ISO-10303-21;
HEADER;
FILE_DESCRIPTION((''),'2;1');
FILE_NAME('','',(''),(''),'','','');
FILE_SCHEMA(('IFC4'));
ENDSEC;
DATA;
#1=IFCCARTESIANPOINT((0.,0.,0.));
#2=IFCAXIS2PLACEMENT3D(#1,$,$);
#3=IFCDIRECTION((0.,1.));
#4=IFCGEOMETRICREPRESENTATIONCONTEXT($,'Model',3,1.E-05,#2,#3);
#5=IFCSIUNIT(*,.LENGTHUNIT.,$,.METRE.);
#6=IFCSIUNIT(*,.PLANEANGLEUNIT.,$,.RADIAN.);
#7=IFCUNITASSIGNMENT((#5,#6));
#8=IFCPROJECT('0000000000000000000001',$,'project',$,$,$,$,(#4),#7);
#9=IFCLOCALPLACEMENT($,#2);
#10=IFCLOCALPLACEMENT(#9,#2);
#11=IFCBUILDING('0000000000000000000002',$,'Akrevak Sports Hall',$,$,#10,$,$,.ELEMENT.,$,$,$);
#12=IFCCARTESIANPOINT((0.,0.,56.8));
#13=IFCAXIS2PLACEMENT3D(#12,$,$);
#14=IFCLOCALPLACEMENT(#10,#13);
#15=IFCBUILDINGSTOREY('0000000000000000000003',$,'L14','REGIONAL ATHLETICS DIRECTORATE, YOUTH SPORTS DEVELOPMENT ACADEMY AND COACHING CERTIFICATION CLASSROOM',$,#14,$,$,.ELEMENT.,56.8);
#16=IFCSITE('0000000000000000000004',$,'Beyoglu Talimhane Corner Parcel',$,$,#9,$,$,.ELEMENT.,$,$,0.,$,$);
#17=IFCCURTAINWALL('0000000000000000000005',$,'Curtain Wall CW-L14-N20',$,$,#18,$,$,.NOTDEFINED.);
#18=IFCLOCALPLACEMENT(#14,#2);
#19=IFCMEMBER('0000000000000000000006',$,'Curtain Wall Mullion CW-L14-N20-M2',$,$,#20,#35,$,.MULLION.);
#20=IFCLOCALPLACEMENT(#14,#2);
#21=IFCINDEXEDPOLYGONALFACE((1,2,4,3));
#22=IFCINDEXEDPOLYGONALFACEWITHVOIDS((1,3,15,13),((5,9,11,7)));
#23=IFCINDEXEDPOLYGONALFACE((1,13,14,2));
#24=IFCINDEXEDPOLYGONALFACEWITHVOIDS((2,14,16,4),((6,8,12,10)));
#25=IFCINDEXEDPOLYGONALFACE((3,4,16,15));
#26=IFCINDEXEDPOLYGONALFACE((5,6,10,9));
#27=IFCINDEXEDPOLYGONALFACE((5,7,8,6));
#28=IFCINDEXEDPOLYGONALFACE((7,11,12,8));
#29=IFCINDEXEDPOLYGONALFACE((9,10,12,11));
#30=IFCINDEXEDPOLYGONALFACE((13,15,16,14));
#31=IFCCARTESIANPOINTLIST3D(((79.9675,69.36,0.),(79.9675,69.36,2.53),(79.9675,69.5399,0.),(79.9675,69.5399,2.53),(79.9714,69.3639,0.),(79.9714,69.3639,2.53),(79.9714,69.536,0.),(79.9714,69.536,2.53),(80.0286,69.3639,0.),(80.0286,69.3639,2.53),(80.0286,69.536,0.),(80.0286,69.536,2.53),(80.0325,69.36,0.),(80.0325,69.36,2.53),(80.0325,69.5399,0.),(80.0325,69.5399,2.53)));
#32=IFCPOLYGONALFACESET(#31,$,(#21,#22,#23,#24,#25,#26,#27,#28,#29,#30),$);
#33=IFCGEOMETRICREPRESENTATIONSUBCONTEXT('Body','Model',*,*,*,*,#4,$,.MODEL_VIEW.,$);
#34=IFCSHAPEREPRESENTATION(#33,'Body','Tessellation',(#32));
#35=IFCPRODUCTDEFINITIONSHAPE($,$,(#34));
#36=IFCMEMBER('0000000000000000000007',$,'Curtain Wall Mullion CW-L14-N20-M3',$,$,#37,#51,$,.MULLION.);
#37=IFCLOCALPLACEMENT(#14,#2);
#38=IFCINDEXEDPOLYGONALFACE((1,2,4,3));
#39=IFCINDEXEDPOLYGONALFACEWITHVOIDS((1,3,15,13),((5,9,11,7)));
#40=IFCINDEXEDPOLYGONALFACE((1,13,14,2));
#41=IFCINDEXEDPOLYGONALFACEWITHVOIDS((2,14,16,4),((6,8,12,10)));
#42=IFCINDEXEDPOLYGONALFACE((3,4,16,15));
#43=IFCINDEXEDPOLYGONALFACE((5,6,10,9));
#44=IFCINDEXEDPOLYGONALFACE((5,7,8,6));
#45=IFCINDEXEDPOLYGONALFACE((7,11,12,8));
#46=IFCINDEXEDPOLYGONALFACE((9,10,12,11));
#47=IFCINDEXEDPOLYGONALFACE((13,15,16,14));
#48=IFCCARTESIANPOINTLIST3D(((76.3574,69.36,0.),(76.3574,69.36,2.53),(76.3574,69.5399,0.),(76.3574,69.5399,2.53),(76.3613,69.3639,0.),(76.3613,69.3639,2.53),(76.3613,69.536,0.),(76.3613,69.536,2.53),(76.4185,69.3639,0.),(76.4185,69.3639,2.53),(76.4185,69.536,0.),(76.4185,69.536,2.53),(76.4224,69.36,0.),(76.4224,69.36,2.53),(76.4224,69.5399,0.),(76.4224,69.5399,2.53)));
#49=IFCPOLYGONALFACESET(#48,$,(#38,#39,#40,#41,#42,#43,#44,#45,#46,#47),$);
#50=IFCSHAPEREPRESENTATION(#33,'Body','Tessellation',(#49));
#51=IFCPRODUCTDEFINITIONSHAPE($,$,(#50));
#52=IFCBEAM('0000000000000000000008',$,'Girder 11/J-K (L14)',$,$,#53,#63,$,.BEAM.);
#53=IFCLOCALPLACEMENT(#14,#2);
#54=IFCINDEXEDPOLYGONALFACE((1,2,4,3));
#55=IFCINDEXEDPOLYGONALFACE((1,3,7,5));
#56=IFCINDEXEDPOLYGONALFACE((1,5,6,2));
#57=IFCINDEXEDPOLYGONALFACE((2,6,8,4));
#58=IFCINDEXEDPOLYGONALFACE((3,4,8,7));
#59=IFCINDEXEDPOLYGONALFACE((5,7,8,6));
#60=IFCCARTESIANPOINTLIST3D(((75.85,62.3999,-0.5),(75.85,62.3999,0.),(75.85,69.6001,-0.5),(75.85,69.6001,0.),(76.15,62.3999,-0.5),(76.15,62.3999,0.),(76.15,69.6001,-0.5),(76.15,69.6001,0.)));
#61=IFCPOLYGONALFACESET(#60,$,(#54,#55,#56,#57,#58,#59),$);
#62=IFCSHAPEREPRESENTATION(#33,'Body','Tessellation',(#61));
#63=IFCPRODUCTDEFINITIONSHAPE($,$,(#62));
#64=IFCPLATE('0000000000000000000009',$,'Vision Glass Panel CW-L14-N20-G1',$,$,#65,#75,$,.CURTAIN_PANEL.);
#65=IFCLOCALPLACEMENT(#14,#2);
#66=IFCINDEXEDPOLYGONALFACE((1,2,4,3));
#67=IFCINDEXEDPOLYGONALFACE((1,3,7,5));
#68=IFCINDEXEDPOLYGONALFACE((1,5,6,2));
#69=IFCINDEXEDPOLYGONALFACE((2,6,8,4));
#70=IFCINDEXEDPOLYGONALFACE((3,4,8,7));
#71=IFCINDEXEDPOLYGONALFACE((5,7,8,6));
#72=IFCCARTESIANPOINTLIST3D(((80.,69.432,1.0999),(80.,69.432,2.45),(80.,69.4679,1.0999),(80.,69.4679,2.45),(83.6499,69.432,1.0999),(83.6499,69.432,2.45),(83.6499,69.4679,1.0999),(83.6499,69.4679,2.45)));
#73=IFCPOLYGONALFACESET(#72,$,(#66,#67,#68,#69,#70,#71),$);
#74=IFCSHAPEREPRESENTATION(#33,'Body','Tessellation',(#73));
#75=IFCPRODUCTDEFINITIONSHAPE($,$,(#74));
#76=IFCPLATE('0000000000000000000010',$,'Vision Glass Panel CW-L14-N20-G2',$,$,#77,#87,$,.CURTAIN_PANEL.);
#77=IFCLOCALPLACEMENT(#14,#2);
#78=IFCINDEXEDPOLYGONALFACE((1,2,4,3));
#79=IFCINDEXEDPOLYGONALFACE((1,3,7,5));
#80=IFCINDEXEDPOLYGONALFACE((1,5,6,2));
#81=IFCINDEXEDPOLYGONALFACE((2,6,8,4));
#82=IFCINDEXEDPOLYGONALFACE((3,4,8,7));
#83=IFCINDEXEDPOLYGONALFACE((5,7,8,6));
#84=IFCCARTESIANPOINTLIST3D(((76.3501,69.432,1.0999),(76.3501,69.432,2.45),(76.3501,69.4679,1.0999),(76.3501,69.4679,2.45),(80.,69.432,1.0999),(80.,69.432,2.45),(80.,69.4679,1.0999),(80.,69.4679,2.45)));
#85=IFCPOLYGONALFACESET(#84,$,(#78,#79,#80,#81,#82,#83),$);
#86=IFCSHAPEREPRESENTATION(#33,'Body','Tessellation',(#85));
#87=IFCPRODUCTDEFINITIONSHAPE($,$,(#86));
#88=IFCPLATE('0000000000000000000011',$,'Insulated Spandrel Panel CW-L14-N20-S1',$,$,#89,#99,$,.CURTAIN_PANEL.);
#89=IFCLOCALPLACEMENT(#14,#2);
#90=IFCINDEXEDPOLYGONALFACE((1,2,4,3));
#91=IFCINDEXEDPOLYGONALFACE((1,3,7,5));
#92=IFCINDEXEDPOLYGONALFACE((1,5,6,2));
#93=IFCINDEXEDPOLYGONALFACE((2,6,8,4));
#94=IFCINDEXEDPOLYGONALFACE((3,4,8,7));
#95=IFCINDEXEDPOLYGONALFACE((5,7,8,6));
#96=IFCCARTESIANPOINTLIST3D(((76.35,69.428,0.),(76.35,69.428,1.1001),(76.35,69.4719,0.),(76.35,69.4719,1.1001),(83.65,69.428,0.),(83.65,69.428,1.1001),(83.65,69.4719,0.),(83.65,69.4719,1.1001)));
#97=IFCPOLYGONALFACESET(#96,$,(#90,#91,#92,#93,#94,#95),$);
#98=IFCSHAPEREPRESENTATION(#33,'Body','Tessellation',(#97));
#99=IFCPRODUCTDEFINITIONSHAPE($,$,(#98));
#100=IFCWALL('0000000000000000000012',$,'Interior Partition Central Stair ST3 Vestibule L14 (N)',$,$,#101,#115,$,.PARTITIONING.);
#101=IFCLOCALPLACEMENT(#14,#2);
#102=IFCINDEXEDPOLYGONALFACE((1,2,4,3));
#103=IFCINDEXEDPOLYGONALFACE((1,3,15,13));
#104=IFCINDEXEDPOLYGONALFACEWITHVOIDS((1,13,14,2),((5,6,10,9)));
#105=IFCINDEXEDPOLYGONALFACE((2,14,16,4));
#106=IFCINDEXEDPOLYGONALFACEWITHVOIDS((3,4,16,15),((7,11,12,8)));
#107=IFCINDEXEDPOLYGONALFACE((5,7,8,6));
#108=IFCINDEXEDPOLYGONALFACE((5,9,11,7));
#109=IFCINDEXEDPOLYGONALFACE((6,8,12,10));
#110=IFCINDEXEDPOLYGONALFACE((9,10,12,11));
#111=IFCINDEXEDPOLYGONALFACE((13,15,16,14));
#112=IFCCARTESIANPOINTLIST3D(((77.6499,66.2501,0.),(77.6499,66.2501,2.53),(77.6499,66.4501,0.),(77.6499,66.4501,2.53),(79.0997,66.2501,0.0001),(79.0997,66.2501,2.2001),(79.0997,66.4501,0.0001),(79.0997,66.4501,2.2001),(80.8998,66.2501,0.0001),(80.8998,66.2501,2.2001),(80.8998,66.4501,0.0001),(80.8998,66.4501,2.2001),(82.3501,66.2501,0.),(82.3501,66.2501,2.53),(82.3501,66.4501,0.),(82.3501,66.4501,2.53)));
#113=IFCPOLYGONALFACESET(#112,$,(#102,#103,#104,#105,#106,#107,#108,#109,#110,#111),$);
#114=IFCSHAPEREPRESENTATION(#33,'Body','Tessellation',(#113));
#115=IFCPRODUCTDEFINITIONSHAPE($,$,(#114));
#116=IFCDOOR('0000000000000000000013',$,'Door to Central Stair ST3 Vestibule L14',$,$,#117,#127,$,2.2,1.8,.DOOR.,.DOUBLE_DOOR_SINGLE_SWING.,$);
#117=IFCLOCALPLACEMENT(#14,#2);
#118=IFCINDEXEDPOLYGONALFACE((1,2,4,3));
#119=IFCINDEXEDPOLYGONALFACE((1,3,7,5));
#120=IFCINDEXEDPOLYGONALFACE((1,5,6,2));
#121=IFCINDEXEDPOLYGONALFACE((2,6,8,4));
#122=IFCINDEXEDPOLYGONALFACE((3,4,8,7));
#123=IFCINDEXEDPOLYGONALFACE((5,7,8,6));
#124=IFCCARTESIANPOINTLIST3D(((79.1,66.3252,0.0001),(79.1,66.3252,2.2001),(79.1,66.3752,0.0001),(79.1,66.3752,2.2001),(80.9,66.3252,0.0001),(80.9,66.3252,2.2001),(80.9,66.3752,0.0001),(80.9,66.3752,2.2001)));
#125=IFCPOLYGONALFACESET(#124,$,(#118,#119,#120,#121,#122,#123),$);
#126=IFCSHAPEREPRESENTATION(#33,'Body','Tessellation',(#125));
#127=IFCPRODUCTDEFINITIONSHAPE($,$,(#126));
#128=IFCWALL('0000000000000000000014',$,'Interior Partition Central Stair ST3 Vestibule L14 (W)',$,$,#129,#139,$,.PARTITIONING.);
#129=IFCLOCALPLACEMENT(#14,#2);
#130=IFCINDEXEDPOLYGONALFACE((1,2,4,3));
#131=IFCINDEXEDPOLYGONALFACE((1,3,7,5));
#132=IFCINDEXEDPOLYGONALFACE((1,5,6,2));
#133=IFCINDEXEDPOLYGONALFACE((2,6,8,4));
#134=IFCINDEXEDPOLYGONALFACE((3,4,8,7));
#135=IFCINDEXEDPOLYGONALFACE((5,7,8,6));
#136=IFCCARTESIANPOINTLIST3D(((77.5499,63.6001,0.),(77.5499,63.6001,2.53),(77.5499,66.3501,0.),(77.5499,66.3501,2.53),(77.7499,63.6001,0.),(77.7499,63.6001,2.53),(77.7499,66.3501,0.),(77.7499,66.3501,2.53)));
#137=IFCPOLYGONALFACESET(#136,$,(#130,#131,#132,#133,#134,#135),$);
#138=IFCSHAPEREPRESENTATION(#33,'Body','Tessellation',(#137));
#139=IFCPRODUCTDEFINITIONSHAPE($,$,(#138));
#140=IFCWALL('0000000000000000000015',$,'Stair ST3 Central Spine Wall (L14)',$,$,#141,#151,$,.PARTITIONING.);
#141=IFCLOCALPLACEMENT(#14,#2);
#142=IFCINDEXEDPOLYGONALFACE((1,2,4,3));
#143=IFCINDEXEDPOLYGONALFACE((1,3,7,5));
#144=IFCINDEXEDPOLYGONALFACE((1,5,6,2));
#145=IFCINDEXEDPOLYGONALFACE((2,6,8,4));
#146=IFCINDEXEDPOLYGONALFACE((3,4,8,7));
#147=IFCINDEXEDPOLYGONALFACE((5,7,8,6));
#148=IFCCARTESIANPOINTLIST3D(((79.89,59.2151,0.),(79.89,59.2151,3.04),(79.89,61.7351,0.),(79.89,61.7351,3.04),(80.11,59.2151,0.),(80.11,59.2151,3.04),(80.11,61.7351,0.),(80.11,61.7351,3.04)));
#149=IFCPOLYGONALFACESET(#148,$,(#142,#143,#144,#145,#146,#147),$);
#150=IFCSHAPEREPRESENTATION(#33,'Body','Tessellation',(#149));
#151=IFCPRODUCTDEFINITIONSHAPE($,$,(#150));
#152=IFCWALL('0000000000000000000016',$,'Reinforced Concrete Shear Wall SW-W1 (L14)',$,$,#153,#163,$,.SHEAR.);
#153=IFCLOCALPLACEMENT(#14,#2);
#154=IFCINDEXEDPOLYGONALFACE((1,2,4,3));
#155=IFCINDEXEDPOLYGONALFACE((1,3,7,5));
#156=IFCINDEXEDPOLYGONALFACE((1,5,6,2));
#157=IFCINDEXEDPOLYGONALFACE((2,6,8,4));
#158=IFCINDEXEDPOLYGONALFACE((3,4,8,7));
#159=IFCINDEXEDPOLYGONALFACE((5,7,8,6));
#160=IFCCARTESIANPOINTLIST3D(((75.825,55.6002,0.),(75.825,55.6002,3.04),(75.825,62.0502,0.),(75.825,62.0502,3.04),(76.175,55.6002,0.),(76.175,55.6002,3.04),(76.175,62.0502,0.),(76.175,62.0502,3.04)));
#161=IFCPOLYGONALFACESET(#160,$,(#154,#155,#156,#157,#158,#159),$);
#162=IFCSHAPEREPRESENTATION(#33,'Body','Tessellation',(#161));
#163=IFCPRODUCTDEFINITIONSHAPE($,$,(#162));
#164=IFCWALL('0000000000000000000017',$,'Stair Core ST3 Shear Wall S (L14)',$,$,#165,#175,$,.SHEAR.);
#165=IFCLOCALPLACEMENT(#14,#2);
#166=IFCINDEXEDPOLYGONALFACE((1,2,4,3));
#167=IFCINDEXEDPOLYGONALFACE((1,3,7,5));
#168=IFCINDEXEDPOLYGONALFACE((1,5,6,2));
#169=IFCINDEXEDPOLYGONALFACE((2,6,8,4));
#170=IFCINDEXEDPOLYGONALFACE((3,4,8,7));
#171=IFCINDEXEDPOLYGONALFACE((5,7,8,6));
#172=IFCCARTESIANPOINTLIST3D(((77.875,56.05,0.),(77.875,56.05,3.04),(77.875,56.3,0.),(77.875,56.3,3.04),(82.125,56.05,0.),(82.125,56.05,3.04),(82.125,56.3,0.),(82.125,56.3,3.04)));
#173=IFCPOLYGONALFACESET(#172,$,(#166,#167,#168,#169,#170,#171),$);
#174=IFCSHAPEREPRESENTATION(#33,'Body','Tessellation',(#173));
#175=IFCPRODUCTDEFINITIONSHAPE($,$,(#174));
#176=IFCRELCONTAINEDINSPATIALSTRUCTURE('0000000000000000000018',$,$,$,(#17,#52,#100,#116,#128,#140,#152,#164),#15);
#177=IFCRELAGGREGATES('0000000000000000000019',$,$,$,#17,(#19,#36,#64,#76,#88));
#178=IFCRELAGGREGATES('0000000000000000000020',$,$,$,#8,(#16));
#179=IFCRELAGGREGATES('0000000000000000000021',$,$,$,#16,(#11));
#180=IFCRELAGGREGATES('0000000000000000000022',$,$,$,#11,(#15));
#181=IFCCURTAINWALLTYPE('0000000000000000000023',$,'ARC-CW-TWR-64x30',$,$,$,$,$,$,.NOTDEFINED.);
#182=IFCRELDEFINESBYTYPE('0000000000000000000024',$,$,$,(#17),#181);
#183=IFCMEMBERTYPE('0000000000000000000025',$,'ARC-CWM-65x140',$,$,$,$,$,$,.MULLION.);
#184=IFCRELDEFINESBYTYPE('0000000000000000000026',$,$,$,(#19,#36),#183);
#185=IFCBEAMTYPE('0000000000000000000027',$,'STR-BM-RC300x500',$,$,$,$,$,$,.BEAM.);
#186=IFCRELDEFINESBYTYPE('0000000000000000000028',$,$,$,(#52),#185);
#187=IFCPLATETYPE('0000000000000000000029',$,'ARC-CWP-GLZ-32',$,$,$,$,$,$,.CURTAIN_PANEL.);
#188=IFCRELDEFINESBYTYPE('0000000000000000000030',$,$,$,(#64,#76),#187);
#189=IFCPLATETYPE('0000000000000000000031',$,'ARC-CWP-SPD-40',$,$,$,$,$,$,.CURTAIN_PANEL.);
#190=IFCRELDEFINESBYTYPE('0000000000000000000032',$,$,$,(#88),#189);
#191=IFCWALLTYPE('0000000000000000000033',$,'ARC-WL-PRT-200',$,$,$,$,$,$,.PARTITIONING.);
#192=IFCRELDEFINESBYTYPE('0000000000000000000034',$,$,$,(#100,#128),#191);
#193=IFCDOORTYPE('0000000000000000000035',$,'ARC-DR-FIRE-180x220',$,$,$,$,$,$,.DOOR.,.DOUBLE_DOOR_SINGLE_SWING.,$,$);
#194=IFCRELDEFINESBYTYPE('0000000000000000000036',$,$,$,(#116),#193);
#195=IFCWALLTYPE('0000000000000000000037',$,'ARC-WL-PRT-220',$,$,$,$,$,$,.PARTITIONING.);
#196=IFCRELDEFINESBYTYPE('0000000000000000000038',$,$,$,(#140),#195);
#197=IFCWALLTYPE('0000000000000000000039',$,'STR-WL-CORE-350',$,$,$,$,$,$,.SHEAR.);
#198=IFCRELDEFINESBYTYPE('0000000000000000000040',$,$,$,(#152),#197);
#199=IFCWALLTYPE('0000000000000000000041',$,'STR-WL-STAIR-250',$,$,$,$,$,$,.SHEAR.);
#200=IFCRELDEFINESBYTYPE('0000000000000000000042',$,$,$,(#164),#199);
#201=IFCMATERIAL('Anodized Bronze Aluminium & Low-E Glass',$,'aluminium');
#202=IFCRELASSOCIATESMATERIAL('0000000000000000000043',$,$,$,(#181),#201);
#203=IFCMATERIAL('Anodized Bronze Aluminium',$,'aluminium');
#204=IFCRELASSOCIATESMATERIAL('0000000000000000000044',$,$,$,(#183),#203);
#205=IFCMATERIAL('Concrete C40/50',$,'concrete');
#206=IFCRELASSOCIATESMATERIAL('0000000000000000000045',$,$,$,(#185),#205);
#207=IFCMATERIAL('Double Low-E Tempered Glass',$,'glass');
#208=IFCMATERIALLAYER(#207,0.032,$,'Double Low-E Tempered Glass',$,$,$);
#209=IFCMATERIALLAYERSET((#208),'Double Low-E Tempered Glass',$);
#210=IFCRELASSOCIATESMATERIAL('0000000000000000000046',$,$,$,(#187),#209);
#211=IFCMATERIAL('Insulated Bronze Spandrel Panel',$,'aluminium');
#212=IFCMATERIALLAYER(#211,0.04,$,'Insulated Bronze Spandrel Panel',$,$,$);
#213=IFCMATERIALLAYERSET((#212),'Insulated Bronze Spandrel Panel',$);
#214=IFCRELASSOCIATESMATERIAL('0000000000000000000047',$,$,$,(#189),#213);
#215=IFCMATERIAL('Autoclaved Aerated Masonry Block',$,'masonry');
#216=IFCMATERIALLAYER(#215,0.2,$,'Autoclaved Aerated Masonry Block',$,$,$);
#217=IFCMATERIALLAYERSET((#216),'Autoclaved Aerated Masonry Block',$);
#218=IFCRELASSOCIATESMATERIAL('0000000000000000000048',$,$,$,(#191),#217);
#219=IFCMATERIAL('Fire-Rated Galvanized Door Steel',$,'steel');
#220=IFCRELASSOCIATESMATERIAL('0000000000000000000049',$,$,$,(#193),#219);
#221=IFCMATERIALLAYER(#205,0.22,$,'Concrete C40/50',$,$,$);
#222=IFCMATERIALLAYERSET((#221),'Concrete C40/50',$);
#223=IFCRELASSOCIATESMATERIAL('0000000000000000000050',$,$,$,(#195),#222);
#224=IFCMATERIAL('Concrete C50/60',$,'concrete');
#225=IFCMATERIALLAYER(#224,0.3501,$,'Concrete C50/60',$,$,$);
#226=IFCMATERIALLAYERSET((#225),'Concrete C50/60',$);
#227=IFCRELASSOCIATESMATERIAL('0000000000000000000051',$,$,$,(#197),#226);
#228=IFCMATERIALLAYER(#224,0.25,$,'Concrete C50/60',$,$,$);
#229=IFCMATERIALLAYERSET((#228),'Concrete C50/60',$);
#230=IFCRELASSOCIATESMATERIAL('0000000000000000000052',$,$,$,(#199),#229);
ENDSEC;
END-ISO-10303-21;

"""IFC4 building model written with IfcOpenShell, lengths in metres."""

from ifc_helpers import new_model, si_unit, direction, frame, frame_2d, origin, origin_2d, place, context, subcontext, project, spatial, rectangle, hollow_rectangle, extrude, material, layer, layer_set, material_profile, profile_set, type_object, element, fill, aggregate, save


model = new_model("IFC4")

# Units and contexts
model_context = context("Model", 3, precision=1e-05, world=origin(), true_north=direction((0.0, 1.0)))
body_context = subcontext(model_context, "Body", "Model", "MODEL_VIEW")
ifc_project = project(units=[si_unit("LENGTHUNIT", "METRE"), si_unit("PLANEANGLEUNIT", "RADIAN")], contexts=[model_context])

# Site, building, storey
site_placement = place(None, origin())
site = spatial("IfcSite", under=ifc_project, at=site_placement, Name="Beyoglu Talimhane Corner Parcel", CompositionType="ELEMENT", RefElevation=0.0)
building_placement = place(site_placement, origin())
building = spatial("IfcBuilding", under=site, at=building_placement, Name="Akrevak Sports Hall", CompositionType="ELEMENT")
storey_placement = place(building_placement, frame((0.0, 0.0, 56.8)))
storey = spatial("IfcBuildingStorey", under=building, at=storey_placement, Name="L14", Description="REGIONAL ATHLETICS DIRECTORATE, YOUTH SPORTS DEVELOPMENT ACADEMY AND COACHING CERTIFICATION CLASSROOM", CompositionType="ELEMENT", Elevation=56.8)

# Curtain wall, members
ifc_material_1 = material(Name="Anodized Bronze Aluminium & Low-E Glass", Category="aluminium")
curtain_wall_type = type_object("IfcCurtainWallType", Name="ARC-CW-TWR-64x30", PredefinedType="NOTDEFINED", material=ifc_material_1)
curtain_wall_placement = place(storey_placement, origin())
curtain_wall = element("IfcCurtainWall", 1, at=curtain_wall_placement, inside=storey, type_object=curtain_wall_type, Name="Curtain Wall CW-L14-N20", PredefinedType="NOTDEFINED")
ifc_material_2 = material(Name="Anodized Bronze Aluminium", Category="aluminium")
ifc_material_profile_1 = material_profile(ifc_material_2, hollow_rectangle(XDim=0.0649, YDim=0.1799, WallThickness=0.0039, at=origin_2d()), Name="CWM 65x180", Category="aluminium")
ifc_profile_set_1 = profile_set([ifc_material_profile_1], Name="Anodized Bronze Aluminium")
member_type = type_object("IfcMemberType", Name="ARC-CWM-65x140", PredefinedType="MULLION", material=ifc_profile_set_1)
member_1_placement = place(storey_placement, frame((80.0, 69.45, 0.0), z_axis=(0.0, 0.0, 1.0), x_axis=(-1.0, 0.0, 0.0)))
member_1 = element("IfcMember", 2, at=member_1_placement, type_object=member_type, Name="Curtain Wall Mullion CW-L14-N20-M2", PredefinedType="MULLION", context=body_context, shape_type="SweptSolid", body=[
    extrude(hollow_rectangle(XDim=0.0649, YDim=0.1799, WallThickness=0.0039, at=origin_2d()), origin(), (0.0, 0.0, 1.0), 2.53),
])
member_2_placement = place(storey_placement, frame((76.3899, 69.45, 0.0), z_axis=(0.0, 0.0, 1.0), x_axis=(-1.0, 0.0, 0.0)))
member_2 = element("IfcMember", 3, at=member_2_placement, type_object=member_type, Name="Curtain Wall Mullion CW-L14-N20-M3", PredefinedType="MULLION", context=body_context, shape_type="SweptSolid", body=[
    extrude(hollow_rectangle(XDim=0.0649, YDim=0.1799, WallThickness=0.0039, at=origin_2d()), origin(), (0.0, 0.0, 1.0), 2.53),
])

# Beam
ifc_material_3 = material(Name="Concrete C40/50", Category="concrete")
ifc_material_profile_2 = material_profile(ifc_material_3, rectangle(XDim=0.3, YDim=0.5, at=origin_2d()), Name="BM 300x500", Category="concrete")
ifc_profile_set_2 = profile_set([ifc_material_profile_2], Name="Concrete C40/50")
beam_type = type_object("IfcBeamType", Name="STR-BM-RC300x500", PredefinedType="BEAM", material=ifc_profile_set_2)
beam_placement = place(storey_placement, frame((76.0, 62.3999, -0.25), z_axis=(0.0, 1.0, 0.0), x_axis=(-1.0, 0.0, 0.0)))
element("IfcBeam", 4, at=beam_placement, inside=storey, type_object=beam_type, Name="Girder 11/J-K (L14)", PredefinedType="BEAM", context=body_context, shape_type="SweptSolid", body=[
    extrude(rectangle(XDim=0.3, YDim=0.5, at=origin_2d()), origin(), (0.0, 0.0, 1.0), 7.2002),
])

# Plates
ifc_material_4 = material(Name="Double Low-E Tempered Glass", Category="glass")
ifc_layer_1 = layer(ifc_material_4, 0.032, Name="Double Low-E Tempered Glass")
ifc_layer_set_1 = layer_set([ifc_layer_1], Name="Double Low-E Tempered Glass")
plate_type_1 = type_object("IfcPlateType", Name="ARC-CWP-GLZ-32", PredefinedType="CURTAIN_PANEL", material=ifc_layer_set_1)
plate_1_placement = place(storey_placement, frame((81.825, 69.45, 1.0999), z_axis=(0.0, 0.0, 1.0), x_axis=(-1.0, 0.0, 0.0)))
plate_1 = element("IfcPlate", 5, at=plate_1_placement, type_object=plate_type_1, Name="Vision Glass Panel CW-L14-N20-G1", PredefinedType="CURTAIN_PANEL", context=body_context, shape_type="SweptSolid", body=[
    extrude(rectangle(XDim=3.6499, YDim=0.0359, at=origin_2d()), origin(), (0.0, 0.0, 1.0), 1.3501),
])
plate_2_placement = place(storey_placement, frame((78.175, 69.45, 1.0999), z_axis=(0.0, 0.0, 1.0), x_axis=(-1.0, 0.0, 0.0)))
plate_2 = element("IfcPlate", 6, at=plate_2_placement, type_object=plate_type_1, Name="Vision Glass Panel CW-L14-N20-G2", PredefinedType="CURTAIN_PANEL", context=body_context, shape_type="SweptSolid", body=[
    extrude(rectangle(XDim=3.6499, YDim=0.0359, at=origin_2d()), origin(), (0.0, 0.0, 1.0), 1.3501),
])
ifc_material_5 = material(Name="Insulated Bronze Spandrel Panel", Category="aluminium")
ifc_layer_2 = layer(ifc_material_5, 0.04, Name="Insulated Bronze Spandrel Panel")
ifc_layer_set_2 = layer_set([ifc_layer_2], Name="Insulated Bronze Spandrel Panel")
plate_type_2 = type_object("IfcPlateType", Name="ARC-CWP-SPD-40", PredefinedType="CURTAIN_PANEL", material=ifc_layer_set_2)
plate_3_placement = place(storey_placement, frame((80.0, 69.45, 0.0), z_axis=(0.0, 0.0, 1.0), x_axis=(-1.0, 0.0, 0.0)))
plate_3 = element("IfcPlate", 7, at=plate_3_placement, type_object=plate_type_2, Name="Insulated Spandrel Panel CW-L14-N20-S1", PredefinedType="CURTAIN_PANEL", context=body_context, shape_type="SweptSolid", body=[
    extrude(rectangle(XDim=7.3, YDim=0.0439, at=origin_2d()), origin(), (0.0, 0.0, 1.0), 1.1001),
])
aggregate(curtain_wall, [member_1, member_2, plate_1, plate_2, plate_3])

# Wall, opening, door
ifc_material_6 = material(Name="Autoclaved Aerated Masonry Block", Category="masonry")
ifc_layer_3 = layer(ifc_material_6, 0.2, Name="Autoclaved Aerated Masonry Block")
ifc_layer_set_3 = layer_set([ifc_layer_3], Name="Autoclaved Aerated Masonry Block")
wall_type_1 = type_object("IfcWallType", Name="ARC-WL-PRT-200", PredefinedType="PARTITIONING", material=ifc_layer_set_3)
wall_1_placement = place(storey_placement, frame((77.6499, 66.3501, 0.0), z_axis=(0.0, 0.0, 1.0), x_axis=(1.0, 0.0, 0.0)))
wall_1 = element("IfcWall", 8, at=wall_1_placement, inside=storey, type_object=wall_type_1, Name="Interior Partition Central Stair ST3 Vestibule L14 (N)", PredefinedType="PARTITIONING", context=body_context, shape_type="SweptSolid", body=[
    extrude(rectangle(XDim=4.7002, YDim=0.2, at=frame_2d((2.3501, 0.0))), origin(), (0.0, 0.0, 1.0), 2.53),
])
opening_1_placement = place(wall_1_placement, frame((1.45, 0.0, 0.0)))
opening_1 = element("IfcOpeningElement", 9, at=opening_1_placement, cuts=wall_1, PredefinedType="OPENING", context=body_context, shape_type="SweptSolid", body=[
    extrude(rectangle(XDim=1.8, YDim=2.2, at=frame_2d((0.8999, 1.1001))), frame((0.0, 0.1118, 0.0), z_axis=(0.0, -1.0, 0.0), x_axis=(1.0, 0.0, 0.0)), (0.0, 0.0, 1.0), 0.2239),
])
ifc_material_7 = material(Name="Fire-Rated Galvanized Door Steel", Category="steel")
door_type_1 = type_object("IfcDoorType", Name="ARC-DR-FIRE-180x220", OperationType="DOUBLE_DOOR_SINGLE_SWING", PredefinedType="DOOR", material=ifc_material_7)
door_1_placement = place(opening_1_placement, frame((1.8, 0.0, 0.0), z_axis=(0.0, 0.0, 1.0), x_axis=(-1.0, 0.0, 0.0)))
door_1 = element("IfcDoor", 10, at=door_1_placement, inside=storey, type_object=door_type_1, Name="Door to Central Stair ST3 Vestibule L14", OperationType="DOUBLE_DOOR_SINGLE_SWING", OverallHeight=2.2, OverallWidth=1.8, PredefinedType="DOOR", context=body_context, shape_type="SweptSolid", body=[
    extrude(rectangle(XDim=1.8, YDim=2.2, at=frame_2d((0.8999, 1.1001))), frame((0.0, 0.0249, 0.0), z_axis=(0.0, -1.0, 0.0), x_axis=(1.0, 0.0, 0.0)), (0.0, 0.0, 1.0), 0.05),
])
fill(opening_1, door_1)

# Walls
wall_2_placement = place(storey_placement, frame((77.6499, 63.6001, 0.0), z_axis=(0.0, 0.0, 1.0), x_axis=(0.0, 1.0, 0.0)))
element("IfcWall", 11, at=wall_2_placement, inside=storey, type_object=wall_type_1, Name="Interior Partition Central Stair ST3 Vestibule L14 (W)", PredefinedType="PARTITIONING", context=body_context, shape_type="SweptSolid", body=[
    extrude(rectangle(XDim=2.75, YDim=0.2, at=frame_2d((1.375, 0.0))), origin(), (0.0, 0.0, 1.0), 2.53),
])
ifc_layer_4 = layer(ifc_material_3, 0.22, Name="Concrete C40/50")
ifc_layer_set_4 = layer_set([ifc_layer_4], Name="Concrete C40/50")
wall_type_2 = type_object("IfcWallType", Name="ARC-WL-PRT-220", PredefinedType="PARTITIONING", material=ifc_layer_set_4)
wall_3_placement = place(storey_placement, frame((80.0, 59.2151, 0.0), z_axis=(0.0, 0.0, 1.0), x_axis=(0.0, 1.0, 0.0)))
element("IfcWall", 12, at=wall_3_placement, inside=storey, type_object=wall_type_2, Name="Stair ST3 Central Spine Wall (L14)", PredefinedType="PARTITIONING", context=body_context, shape_type="SweptSolid", body=[
    extrude(rectangle(XDim=2.52, YDim=0.22, at=frame_2d((1.26, 0.0))), origin(), (0.0, 0.0, 1.0), 3.04),
])
ifc_material_8 = material(Name="Concrete C50/60", Category="concrete")
ifc_layer_5 = layer(ifc_material_8, 0.3501, Name="Concrete C50/60")
ifc_layer_set_5 = layer_set([ifc_layer_5], Name="Concrete C50/60")
wall_type_3 = type_object("IfcWallType", Name="STR-WL-CORE-350", PredefinedType="SHEAR", material=ifc_layer_set_5)
wall_4_placement = place(storey_placement, frame((76.0, 55.6001, 0.0), z_axis=(0.0, 0.0, 1.0), x_axis=(0.0, 1.0, 0.0)))
element("IfcWall", 13, at=wall_4_placement, inside=storey, type_object=wall_type_3, Name="Reinforced Concrete Shear Wall SW-W1 (L14)", PredefinedType="SHEAR", context=body_context, shape_type="SweptSolid", body=[
    extrude(rectangle(XDim=6.45, YDim=0.3501, at=frame_2d((3.2251, 0.0))), origin(), (0.0, 0.0, 1.0), 3.04),
])
ifc_layer_6 = layer(ifc_material_8, 0.25, Name="Concrete C50/60")
ifc_layer_set_6 = layer_set([ifc_layer_6], Name="Concrete C50/60")
wall_type_4 = type_object("IfcWallType", Name="STR-WL-STAIR-250", PredefinedType="SHEAR", material=ifc_layer_set_6)
wall_5_placement = place(storey_placement, frame((77.875, 56.175, 0.0), z_axis=(0.0, 0.0, 1.0), x_axis=(1.0, 0.0, 0.0)))
element("IfcWall", 14, at=wall_5_placement, inside=storey, type_object=wall_type_4, Name="Stair Core ST3 Shear Wall S (L14)", PredefinedType="SHEAR", context=body_context, shape_type="SweptSolid", body=[
    extrude(rectangle(XDim=4.25, YDim=0.25, at=frame_2d((2.125, 0.0))), origin(), (0.0, 0.0, 1.0), 3.04),
])

save(model, "model.ifc")
